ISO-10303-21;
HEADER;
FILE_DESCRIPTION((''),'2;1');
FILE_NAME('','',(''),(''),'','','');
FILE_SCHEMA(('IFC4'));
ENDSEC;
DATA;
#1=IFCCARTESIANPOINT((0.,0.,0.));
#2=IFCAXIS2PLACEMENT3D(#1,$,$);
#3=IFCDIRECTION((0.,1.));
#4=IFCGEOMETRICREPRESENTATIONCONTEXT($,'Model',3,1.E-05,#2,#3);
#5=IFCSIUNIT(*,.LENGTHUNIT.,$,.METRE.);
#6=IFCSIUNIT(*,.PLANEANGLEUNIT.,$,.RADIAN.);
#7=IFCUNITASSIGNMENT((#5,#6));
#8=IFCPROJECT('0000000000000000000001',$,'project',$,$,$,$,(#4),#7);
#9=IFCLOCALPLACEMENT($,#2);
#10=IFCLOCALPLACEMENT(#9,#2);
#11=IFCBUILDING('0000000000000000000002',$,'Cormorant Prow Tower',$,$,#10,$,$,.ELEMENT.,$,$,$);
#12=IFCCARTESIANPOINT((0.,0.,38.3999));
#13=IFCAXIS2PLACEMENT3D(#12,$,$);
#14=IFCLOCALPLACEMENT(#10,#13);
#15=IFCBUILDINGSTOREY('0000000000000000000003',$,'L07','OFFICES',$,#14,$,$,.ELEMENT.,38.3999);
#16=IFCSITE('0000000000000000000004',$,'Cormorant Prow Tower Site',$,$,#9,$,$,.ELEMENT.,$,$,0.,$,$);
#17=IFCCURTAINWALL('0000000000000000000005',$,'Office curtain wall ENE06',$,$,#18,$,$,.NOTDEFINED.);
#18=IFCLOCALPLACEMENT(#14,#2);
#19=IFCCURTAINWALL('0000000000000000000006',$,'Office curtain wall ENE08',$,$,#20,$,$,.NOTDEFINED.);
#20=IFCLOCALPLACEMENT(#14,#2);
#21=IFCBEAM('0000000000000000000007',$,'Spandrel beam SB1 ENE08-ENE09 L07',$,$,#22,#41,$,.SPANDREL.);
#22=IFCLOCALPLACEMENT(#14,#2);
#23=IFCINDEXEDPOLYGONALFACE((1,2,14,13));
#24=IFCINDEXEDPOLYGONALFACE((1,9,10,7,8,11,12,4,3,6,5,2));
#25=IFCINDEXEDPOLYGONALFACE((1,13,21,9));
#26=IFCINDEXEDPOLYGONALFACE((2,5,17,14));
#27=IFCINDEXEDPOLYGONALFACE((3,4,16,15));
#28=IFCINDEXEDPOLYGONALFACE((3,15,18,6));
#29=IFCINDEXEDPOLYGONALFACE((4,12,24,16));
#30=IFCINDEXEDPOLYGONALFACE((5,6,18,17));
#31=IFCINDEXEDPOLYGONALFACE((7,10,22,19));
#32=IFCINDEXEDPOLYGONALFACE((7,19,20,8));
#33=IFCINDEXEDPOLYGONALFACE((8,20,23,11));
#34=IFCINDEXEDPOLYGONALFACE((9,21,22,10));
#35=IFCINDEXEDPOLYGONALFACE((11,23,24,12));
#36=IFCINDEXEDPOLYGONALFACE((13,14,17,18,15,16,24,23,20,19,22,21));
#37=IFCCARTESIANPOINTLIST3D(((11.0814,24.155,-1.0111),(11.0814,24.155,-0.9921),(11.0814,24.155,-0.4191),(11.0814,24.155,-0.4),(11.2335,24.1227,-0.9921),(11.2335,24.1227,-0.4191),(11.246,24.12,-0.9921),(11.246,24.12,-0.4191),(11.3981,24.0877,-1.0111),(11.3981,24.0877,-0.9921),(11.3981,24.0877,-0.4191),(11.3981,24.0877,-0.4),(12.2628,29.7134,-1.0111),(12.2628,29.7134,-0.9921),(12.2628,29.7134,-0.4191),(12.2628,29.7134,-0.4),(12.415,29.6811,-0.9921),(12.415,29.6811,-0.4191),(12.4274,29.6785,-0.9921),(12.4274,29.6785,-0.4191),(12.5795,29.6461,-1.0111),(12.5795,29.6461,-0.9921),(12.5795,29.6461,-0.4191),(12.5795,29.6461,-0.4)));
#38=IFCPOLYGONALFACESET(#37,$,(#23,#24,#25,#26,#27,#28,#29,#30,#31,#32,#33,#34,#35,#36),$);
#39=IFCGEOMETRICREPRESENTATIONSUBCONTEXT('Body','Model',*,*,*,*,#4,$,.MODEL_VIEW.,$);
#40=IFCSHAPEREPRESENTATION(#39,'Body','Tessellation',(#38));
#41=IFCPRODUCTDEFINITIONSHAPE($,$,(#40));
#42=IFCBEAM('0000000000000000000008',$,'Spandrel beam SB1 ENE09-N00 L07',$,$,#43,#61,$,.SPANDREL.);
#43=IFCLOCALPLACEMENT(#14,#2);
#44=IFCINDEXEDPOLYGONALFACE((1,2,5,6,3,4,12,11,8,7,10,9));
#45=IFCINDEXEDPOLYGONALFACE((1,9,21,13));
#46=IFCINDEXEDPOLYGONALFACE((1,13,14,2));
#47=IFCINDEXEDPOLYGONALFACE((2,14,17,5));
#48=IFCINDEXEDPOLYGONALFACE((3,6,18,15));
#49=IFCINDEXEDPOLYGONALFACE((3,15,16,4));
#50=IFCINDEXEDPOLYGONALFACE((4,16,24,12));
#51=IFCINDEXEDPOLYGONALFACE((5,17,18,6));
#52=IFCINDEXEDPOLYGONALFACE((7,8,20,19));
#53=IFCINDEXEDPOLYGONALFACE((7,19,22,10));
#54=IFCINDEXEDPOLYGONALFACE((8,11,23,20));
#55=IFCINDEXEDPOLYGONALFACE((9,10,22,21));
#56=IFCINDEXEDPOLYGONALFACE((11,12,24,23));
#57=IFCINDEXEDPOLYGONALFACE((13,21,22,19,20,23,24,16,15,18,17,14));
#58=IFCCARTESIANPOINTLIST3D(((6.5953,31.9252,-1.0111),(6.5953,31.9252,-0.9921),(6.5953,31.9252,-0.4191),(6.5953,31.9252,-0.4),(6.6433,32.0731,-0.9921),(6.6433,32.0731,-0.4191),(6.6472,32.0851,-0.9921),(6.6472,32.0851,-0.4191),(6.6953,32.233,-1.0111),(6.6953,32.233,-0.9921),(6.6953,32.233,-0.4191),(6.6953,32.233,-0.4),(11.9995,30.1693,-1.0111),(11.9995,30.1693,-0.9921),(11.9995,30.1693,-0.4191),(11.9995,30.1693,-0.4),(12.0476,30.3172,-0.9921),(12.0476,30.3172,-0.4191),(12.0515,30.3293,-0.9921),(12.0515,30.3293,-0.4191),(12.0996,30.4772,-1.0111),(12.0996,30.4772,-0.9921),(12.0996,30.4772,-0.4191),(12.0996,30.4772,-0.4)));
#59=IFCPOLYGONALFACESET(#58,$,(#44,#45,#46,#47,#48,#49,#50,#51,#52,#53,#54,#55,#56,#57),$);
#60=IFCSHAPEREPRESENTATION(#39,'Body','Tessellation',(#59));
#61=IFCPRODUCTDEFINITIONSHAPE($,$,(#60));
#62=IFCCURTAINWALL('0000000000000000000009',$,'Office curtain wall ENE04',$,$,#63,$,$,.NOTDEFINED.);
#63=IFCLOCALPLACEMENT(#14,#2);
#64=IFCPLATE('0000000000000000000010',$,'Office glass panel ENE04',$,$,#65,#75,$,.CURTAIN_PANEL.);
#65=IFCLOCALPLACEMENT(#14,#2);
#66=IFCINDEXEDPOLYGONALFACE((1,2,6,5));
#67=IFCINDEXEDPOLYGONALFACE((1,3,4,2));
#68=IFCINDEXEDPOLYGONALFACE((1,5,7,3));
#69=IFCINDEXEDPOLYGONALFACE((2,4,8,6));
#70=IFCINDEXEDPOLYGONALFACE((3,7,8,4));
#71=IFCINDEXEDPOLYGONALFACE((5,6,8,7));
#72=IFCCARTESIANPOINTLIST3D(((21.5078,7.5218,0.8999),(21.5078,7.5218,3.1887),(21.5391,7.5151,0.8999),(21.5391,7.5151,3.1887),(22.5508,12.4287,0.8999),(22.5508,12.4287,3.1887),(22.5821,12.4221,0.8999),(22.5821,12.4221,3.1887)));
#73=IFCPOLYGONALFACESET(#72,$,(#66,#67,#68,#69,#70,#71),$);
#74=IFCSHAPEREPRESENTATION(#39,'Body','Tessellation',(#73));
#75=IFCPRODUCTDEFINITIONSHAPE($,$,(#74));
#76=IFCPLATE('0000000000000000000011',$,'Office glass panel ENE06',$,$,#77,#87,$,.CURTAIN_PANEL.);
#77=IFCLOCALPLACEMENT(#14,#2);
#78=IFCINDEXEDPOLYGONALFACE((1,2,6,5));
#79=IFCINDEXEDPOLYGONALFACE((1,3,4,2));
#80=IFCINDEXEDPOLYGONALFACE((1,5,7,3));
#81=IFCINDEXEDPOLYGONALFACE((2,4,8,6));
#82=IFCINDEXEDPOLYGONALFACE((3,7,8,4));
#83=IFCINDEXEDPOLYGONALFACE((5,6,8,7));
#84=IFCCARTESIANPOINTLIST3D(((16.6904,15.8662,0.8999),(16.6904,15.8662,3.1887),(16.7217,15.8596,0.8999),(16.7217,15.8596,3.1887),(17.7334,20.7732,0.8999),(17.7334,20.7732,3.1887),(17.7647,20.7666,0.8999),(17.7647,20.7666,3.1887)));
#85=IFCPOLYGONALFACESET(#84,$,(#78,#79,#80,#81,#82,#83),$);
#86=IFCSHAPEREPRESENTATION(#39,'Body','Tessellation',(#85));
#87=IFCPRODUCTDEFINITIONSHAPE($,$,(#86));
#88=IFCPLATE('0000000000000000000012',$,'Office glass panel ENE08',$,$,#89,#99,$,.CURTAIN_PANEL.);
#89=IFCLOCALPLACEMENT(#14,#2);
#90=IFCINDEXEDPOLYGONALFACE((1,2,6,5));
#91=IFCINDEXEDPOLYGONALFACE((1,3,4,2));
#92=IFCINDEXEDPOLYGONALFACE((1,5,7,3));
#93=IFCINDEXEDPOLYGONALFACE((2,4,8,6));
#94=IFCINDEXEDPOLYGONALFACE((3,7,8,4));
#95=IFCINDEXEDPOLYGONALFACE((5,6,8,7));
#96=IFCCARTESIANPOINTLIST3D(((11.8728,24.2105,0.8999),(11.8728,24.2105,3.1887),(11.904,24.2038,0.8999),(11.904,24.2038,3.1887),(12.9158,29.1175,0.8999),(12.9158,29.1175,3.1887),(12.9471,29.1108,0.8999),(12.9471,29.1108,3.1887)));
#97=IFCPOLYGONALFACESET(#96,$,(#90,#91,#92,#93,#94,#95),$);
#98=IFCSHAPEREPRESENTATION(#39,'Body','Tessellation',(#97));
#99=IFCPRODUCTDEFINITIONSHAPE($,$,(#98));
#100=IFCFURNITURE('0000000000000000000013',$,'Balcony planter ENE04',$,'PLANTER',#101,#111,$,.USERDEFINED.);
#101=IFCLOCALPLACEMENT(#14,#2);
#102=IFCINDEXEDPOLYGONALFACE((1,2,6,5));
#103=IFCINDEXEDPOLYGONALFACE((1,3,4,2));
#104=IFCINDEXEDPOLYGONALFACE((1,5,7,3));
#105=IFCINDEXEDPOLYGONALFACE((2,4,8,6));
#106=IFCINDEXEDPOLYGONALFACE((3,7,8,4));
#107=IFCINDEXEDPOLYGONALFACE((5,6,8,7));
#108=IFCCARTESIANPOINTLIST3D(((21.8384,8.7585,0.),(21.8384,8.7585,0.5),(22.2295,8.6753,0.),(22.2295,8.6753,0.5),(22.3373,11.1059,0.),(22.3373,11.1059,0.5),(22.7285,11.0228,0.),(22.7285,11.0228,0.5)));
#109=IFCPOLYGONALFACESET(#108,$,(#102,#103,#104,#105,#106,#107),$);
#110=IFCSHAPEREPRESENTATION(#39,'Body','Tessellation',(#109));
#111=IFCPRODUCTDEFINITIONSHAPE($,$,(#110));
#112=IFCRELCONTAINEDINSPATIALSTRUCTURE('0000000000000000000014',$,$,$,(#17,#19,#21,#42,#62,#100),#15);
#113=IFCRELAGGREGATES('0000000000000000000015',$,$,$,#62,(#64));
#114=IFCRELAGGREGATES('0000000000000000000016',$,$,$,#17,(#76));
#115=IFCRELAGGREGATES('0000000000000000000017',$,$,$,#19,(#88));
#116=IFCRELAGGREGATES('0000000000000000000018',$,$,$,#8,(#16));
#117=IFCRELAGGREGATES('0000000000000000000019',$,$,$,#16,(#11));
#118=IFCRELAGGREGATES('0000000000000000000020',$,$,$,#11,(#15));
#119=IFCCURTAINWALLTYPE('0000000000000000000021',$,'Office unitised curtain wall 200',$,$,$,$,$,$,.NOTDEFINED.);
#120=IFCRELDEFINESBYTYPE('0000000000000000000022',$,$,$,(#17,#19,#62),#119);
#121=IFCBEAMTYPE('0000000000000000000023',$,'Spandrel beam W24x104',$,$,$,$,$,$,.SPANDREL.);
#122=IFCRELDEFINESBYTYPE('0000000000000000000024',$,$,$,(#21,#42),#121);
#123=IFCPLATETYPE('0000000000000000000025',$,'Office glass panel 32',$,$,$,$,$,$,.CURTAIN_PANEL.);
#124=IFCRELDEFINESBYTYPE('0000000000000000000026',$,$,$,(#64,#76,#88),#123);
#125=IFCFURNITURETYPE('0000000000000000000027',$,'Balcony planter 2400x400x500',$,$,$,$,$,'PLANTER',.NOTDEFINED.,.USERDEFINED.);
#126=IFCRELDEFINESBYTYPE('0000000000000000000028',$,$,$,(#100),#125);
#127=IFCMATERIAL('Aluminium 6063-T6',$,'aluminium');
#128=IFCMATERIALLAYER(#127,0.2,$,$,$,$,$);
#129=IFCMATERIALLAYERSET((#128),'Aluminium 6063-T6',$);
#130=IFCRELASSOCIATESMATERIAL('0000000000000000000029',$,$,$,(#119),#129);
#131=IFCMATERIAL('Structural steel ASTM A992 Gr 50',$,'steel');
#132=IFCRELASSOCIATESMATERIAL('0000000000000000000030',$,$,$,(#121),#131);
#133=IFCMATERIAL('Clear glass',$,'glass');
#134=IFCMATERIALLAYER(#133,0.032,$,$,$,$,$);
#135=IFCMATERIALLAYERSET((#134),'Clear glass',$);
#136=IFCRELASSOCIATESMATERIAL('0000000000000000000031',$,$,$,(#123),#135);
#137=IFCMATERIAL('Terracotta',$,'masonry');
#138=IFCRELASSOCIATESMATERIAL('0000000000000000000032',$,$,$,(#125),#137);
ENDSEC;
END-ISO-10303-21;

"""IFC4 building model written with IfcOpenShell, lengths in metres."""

from ifc_helpers import new_model, si_unit, direction, frame, origin, origin_2d, place, context, subcontext, project, spatial, rectangle, i_section, extrude, material, layer, layer_set, material_profile, profile_set, type_object, element, aggregate, save


model = new_model("IFC4")

# Units and contexts
model_context = context("Model", 3, precision=1e-05, world=origin(), true_north=direction((0.0, 1.0)))
body_context = subcontext(model_context, "Body", "Model", "MODEL_VIEW")
ifc_project = project(units=[si_unit("LENGTHUNIT", "METRE"), si_unit("PLANEANGLEUNIT", "RADIAN")], contexts=[model_context])

# Site, building, storey
site_placement = place(None, origin())
site = spatial("IfcSite", under=ifc_project, at=site_placement, Name="Cormorant Prow Tower Site", CompositionType="ELEMENT", RefElevation=0.0)
building_placement = place(site_placement, origin())
building = spatial("IfcBuilding", under=site, at=building_placement, Name="Cormorant Prow Tower", CompositionType="ELEMENT")
storey_placement = place(building_placement, frame((0.0, 0.0, 38.3999)))
storey = spatial("IfcBuildingStorey", under=building, at=storey_placement, Name="L07", Description="OFFICES", CompositionType="ELEMENT", Elevation=38.3999)

# Curtain walls
ifc_material_1 = material(Name="Aluminium 6063-T6", Category="aluminium")
ifc_layer_1 = layer(ifc_material_1, 0.2)
ifc_layer_set_1 = layer_set([ifc_layer_1], Name="Aluminium 6063-T6")
curtain_wall_type = type_object("IfcCurtainWallType", Name="Office unitised curtain wall 200", PredefinedType="NOTDEFINED", material=ifc_layer_set_1)
curtain_wall_1_placement = place(storey_placement, origin())
curtain_wall_1 = element("IfcCurtainWall", 1, at=curtain_wall_1_placement, inside=storey, type_object=curtain_wall_type, Name="Office curtain wall ENE06", PredefinedType="NOTDEFINED")
curtain_wall_2_placement = place(storey_placement, origin())
curtain_wall_2 = element("IfcCurtainWall", 2, at=curtain_wall_2_placement, inside=storey, type_object=curtain_wall_type, Name="Office curtain wall ENE08", PredefinedType="NOTDEFINED")

# Beams
ifc_material_2 = material(Name="Structural steel ASTM A992 Gr 50", Category="steel")
ifc_material_profile_1 = material_profile(ifc_material_2, i_section(OverallWidth=0.3237, OverallDepth=0.6111, WebThickness=0.0127, FlangeThickness=0.019, at=origin_2d()), Name="W24x104")
ifc_profile_set_1 = profile_set([ifc_material_profile_1], Name="Structural steel ASTM A992 Gr 50")
beam_type = type_object("IfcBeamType", Name="Spandrel beam W24x104", PredefinedType="SPANDREL", material=ifc_profile_set_1)
beam_1_placement = place(storey_placement, frame((11.2397, 24.1213, -0.7056), z_axis=(0.2079, 0.97815, 0.0), x_axis=(-0.97815, 0.2079, 0.0)))
element("IfcBeam", 3, at=beam_1_placement, inside=storey, type_object=beam_type, Name="Spandrel beam SB1 ENE08-ENE09 L07", PredefinedType="SPANDREL", context=body_context, shape_type="SweptSolid", body=[
    extrude(i_section(OverallWidth=0.3237, OverallDepth=0.6111, WebThickness=0.0127, FlangeThickness=0.019, at=origin_2d()), origin(), (0.0, 0.0, 1.0), 5.6826),
])
beam_2_placement = place(storey_placement, frame((12.0496, 30.3232, -0.7056), z_axis=(-0.951062, 0.309001, 0.0), x_axis=(-0.309001, -0.951062, 0.0)))
element("IfcBeam", 4, at=beam_2_placement, inside=storey, type_object=beam_type, Name="Spandrel beam SB1 ENE09-N00 L07", PredefinedType="SPANDREL", context=body_context, shape_type="SweptSolid", body=[
    extrude(i_section(OverallWidth=0.3237, OverallDepth=0.6111, WebThickness=0.0127, FlangeThickness=0.019, at=origin_2d()), origin(), (0.0, 0.0, 1.0), 5.6824),
])

# Curtain wall, plate
curtain_wall_3_placement = place(storey_placement, origin())
curtain_wall_3 = element("IfcCurtainWall", 5, at=curtain_wall_3_placement, inside=storey, type_object=curtain_wall_type, Name="Office curtain wall ENE04", PredefinedType="NOTDEFINED")
ifc_material_3 = material(Name="Clear glass", Category="glass")
ifc_layer_2 = layer(ifc_material_3, 0.032)
ifc_layer_set_2 = layer_set([ifc_layer_2], Name="Clear glass")
plate_type = type_object("IfcPlateType", Name="Office glass panel 32", PredefinedType="CURTAIN_PANEL", material=ifc_layer_set_2)
plate_1_placement = place(storey_placement, frame((22.0449, 9.9719, 0.8999), z_axis=(0.0, 0.0, 1.0), x_axis=(0.207912, 0.978148, 0.0)))
plate_1 = element("IfcPlate", 6, at=plate_1_placement, type_object=plate_type, Name="Office glass panel ENE04", PredefinedType="CURTAIN_PANEL", context=body_context, shape_type="SweptSolid", body=[
    extrude(rectangle(XDim=5.0166, YDim=0.032, at=origin_2d()), origin(), (0.0, 0.0, 1.0), 2.2888),
])
aggregate(curtain_wall_3, [plate_1])

# Plates
plate_2_placement = place(storey_placement, frame((17.2275, 18.3164, 0.8999), z_axis=(0.0, 0.0, 1.0), x_axis=(0.207912, 0.978148, 0.0)))
plate_2 = element("IfcPlate", 7, at=plate_2_placement, type_object=plate_type, Name="Office glass panel ENE06", PredefinedType="CURTAIN_PANEL", context=body_context, shape_type="SweptSolid", body=[
    extrude(rectangle(XDim=5.0166, YDim=0.032, at=origin_2d()), origin(), (0.0, 0.0, 1.0), 2.2888),
])
aggregate(curtain_wall_1, [plate_2])
plate_3_placement = place(storey_placement, frame((12.4099, 26.6606, 0.8999), z_axis=(0.0, 0.0, 1.0), x_axis=(0.207912, 0.978148, 0.0)))
plate_3 = element("IfcPlate", 8, at=plate_3_placement, type_object=plate_type, Name="Office glass panel ENE08", PredefinedType="CURTAIN_PANEL", context=body_context, shape_type="SweptSolid", body=[
    extrude(rectangle(XDim=5.0166, YDim=0.032, at=origin_2d()), origin(), (0.0, 0.0, 1.0), 2.2888),
])
aggregate(curtain_wall_2, [plate_3])

# Furniture
ifc_material_4 = material(Name="Terracotta", Category="masonry")
furniture_type = type_object("IfcFurnitureType", Name="Balcony planter 2400x400x500", ElementType="PLANTER", AssemblyPlace="NOTDEFINED", PredefinedType="USERDEFINED", material=ifc_material_4)
furniture_placement = place(storey_placement, frame((22.2834, 9.8906, 0.0), z_axis=(0.0, 0.0, 1.0), x_axis=(0.207912, 0.978148, 0.0)))
element("IfcFurniture", 9, at=furniture_placement, inside=storey, type_object=furniture_type, Name="Balcony planter ENE04", ObjectType="PLANTER", PredefinedType="USERDEFINED", context=body_context, shape_type="SweptSolid", body=[
    extrude(rectangle(XDim=2.3999, YDim=0.3999, at=origin_2d()), origin(), (0.0, 0.0, 1.0), 0.5),
])

save(model, "model.ifc")
